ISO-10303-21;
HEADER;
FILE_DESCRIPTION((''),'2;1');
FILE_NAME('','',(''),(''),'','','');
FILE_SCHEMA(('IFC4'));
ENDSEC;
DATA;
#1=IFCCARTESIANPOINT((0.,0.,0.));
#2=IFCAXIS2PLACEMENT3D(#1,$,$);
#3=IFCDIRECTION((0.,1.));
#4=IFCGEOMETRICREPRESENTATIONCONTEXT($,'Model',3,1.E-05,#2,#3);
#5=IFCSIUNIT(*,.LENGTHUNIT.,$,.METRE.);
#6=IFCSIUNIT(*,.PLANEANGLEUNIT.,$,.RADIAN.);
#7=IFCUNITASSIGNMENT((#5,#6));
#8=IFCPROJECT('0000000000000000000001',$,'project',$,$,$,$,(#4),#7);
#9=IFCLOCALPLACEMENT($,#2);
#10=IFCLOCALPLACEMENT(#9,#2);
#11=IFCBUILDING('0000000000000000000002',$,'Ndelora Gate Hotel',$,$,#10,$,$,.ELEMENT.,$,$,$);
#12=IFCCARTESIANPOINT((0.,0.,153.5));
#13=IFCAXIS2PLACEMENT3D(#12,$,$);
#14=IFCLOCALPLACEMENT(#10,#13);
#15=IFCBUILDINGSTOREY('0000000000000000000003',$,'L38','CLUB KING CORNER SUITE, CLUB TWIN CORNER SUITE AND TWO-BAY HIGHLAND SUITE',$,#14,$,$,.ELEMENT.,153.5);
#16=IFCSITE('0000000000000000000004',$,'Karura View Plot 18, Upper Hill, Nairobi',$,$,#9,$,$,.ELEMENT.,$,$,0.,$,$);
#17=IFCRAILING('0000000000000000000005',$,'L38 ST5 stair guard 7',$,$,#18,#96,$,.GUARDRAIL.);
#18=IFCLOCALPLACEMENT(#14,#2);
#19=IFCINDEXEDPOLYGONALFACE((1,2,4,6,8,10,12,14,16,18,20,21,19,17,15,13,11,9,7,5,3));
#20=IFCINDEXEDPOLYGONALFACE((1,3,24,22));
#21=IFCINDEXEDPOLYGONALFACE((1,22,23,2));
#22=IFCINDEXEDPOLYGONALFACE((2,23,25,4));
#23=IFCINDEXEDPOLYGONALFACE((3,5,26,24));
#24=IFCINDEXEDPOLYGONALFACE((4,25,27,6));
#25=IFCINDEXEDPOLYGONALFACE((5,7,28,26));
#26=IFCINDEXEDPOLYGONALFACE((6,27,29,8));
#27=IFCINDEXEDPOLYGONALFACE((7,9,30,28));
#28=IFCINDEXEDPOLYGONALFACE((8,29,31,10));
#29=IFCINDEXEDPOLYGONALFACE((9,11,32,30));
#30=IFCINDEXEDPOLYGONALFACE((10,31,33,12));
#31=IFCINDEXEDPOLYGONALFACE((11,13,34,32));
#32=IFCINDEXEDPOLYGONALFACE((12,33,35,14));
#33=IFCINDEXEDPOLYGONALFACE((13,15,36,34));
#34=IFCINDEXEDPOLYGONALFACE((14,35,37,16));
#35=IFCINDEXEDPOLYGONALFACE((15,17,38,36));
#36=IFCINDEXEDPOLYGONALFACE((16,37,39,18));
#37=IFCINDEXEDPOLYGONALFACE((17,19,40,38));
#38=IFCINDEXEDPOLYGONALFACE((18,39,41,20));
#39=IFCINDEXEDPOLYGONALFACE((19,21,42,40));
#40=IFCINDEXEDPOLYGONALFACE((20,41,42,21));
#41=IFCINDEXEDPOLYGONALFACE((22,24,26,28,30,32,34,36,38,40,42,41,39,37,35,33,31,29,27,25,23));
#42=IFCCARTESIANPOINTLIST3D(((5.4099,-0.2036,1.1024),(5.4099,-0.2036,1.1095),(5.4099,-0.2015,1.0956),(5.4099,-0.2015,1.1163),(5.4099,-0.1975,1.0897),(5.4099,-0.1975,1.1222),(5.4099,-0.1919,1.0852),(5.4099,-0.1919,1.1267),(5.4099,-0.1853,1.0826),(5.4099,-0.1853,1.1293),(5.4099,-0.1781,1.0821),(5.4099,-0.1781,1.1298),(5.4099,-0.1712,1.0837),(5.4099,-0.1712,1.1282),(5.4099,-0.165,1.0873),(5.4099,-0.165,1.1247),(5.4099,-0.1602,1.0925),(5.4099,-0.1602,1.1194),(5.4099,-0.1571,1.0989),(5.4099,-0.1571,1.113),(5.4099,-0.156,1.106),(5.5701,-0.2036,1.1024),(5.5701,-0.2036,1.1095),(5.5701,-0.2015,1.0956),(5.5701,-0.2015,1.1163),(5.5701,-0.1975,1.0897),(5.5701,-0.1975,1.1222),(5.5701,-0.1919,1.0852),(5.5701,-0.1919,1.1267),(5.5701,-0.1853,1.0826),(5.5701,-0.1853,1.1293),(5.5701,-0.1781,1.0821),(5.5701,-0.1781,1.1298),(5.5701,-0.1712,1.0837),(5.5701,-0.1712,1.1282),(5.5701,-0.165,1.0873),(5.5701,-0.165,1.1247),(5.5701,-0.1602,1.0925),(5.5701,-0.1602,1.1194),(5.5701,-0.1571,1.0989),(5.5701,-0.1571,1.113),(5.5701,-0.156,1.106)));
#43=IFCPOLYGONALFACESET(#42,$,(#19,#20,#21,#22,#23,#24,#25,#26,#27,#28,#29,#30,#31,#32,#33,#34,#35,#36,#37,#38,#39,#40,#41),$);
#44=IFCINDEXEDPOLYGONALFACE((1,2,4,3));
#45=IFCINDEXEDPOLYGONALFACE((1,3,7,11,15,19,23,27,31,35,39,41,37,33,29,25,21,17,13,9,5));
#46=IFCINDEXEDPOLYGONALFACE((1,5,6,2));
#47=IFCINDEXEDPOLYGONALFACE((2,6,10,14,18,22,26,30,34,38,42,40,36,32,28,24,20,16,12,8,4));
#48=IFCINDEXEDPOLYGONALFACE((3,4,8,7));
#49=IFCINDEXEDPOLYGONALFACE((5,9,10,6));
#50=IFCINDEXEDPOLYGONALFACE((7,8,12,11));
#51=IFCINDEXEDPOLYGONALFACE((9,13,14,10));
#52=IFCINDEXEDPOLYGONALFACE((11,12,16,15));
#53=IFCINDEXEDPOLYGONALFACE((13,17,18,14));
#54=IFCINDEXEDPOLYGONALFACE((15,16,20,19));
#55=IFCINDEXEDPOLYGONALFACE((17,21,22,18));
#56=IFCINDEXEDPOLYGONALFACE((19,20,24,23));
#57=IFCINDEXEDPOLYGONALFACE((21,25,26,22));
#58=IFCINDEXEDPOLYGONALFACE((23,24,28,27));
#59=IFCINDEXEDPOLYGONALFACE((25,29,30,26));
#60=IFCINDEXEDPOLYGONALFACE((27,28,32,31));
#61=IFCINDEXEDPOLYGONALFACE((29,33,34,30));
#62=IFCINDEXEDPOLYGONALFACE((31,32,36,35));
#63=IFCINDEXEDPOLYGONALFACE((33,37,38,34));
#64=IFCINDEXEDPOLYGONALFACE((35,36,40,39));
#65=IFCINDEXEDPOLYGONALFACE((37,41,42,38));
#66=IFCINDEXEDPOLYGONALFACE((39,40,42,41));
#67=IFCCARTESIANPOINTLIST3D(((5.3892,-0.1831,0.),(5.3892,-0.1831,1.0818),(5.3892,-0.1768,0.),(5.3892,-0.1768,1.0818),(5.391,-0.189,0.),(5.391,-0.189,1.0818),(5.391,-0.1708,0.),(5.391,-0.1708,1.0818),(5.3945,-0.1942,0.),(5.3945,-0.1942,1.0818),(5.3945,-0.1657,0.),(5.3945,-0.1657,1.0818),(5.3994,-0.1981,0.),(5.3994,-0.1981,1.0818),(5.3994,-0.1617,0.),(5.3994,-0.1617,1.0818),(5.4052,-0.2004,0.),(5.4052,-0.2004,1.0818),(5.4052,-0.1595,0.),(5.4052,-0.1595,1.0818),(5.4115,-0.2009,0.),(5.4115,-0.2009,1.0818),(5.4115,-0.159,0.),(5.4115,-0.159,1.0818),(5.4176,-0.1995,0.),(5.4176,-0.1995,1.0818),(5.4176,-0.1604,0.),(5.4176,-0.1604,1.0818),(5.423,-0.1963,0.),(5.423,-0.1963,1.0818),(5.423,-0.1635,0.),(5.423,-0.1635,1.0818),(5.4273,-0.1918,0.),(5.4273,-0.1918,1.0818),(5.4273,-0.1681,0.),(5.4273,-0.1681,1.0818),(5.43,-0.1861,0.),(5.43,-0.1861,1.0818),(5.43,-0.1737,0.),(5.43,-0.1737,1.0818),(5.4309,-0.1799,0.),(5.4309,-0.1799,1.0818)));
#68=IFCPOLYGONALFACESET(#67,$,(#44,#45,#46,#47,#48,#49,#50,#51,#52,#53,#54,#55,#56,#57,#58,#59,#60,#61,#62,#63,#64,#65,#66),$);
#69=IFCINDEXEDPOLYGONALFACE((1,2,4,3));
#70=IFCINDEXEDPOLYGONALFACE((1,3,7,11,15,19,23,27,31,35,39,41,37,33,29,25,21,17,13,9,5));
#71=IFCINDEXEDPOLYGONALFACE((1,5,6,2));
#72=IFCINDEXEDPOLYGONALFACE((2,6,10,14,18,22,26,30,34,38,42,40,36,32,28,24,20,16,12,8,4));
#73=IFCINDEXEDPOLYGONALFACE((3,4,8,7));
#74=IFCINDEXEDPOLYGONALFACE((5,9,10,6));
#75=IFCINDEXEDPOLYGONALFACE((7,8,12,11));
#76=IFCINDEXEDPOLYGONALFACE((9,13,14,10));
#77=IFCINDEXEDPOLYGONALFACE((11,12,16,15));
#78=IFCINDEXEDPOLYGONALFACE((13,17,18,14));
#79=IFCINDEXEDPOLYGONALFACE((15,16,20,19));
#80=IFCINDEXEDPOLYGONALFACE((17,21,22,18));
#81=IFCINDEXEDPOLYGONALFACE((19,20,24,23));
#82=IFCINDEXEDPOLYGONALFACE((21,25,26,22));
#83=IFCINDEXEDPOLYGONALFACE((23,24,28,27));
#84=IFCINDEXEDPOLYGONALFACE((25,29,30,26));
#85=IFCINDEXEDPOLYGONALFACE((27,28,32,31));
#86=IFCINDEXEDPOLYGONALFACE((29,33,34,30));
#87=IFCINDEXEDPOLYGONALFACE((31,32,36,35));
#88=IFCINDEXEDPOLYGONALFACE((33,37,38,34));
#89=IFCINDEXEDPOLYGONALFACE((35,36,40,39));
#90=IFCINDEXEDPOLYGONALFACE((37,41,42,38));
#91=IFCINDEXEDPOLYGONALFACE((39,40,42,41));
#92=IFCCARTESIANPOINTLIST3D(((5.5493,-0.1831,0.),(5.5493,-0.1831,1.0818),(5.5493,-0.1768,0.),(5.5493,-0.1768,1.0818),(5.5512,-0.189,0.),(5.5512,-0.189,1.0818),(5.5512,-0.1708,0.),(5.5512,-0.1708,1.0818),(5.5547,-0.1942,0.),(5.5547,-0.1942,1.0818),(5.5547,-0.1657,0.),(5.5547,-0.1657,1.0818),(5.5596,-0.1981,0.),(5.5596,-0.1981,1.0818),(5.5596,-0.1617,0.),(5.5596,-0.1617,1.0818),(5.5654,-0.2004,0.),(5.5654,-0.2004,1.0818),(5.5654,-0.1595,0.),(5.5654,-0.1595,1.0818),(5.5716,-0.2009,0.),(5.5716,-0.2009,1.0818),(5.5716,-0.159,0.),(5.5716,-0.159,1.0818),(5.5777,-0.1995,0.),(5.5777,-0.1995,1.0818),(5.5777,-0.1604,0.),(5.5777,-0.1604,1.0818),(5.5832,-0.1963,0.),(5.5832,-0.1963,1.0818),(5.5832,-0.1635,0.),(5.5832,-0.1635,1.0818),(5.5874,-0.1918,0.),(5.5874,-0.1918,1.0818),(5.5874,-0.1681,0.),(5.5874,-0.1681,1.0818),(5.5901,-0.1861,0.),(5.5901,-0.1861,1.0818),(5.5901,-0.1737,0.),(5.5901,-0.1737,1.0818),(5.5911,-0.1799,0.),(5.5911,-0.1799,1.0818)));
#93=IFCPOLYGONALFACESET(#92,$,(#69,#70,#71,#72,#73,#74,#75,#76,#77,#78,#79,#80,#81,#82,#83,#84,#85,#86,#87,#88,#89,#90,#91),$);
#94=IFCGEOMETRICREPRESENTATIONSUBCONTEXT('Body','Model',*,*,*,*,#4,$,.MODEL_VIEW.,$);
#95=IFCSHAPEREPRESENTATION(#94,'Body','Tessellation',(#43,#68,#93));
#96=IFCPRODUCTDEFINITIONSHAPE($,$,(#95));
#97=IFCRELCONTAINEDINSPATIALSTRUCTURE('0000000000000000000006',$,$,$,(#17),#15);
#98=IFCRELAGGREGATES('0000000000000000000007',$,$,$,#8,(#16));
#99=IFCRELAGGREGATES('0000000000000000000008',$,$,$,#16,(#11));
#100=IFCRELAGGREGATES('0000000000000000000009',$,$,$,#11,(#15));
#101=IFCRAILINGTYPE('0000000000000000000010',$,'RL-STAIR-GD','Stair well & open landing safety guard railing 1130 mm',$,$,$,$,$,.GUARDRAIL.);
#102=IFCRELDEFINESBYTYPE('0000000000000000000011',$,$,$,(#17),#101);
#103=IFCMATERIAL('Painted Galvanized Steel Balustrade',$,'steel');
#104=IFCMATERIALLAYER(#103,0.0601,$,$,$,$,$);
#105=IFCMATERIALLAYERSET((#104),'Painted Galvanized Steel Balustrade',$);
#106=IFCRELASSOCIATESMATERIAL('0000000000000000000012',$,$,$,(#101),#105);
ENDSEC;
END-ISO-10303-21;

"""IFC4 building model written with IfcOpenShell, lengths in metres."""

from ifc_helpers import new_model, si_unit, direction, frame, origin, origin_2d, place, context, subcontext, project, spatial, circle, extrude, material, layer, layer_set, type_object, element, save


model = new_model("IFC4")

# Units and contexts
model_context = context("Model", 3, precision=1e-05, world=origin(), true_north=direction((0.0, 1.0)))
body_context = subcontext(model_context, "Body", "Model", "MODEL_VIEW")
ifc_project = project(units=[si_unit("LENGTHUNIT", "METRE"), si_unit("PLANEANGLEUNIT", "RADIAN")], contexts=[model_context])

# Site, building, storey
site_placement = place(None, origin())
site = spatial("IfcSite", under=ifc_project, at=site_placement, Name="Karura View Plot 18, Upper Hill, Nairobi", CompositionType="ELEMENT", RefElevation=0.0)
building_placement = place(site_placement, origin())
building = spatial("IfcBuilding", under=site, at=building_placement, Name="Ndelora Gate Hotel", CompositionType="ELEMENT")
storey_placement = place(building_placement, frame((0.0, 0.0, 153.5)))
storey = spatial("IfcBuildingStorey", under=building, at=storey_placement, Name="L38", Description="CLUB KING CORNER SUITE, CLUB TWIN CORNER SUITE AND TWO-BAY HIGHLAND SUITE", CompositionType="ELEMENT", Elevation=153.5)

# Railing
ifc_material_1 = material(Name="Painted Galvanized Steel Balustrade", Category="steel")
ifc_layer_1 = layer(ifc_material_1, 0.0601)
ifc_layer_set_1 = layer_set([ifc_layer_1], Name="Painted Galvanized Steel Balustrade")
railing_type_1 = type_object("IfcRailingType", Name="RL-STAIR-GD", Description="Stair well & open landing safety guard railing 1130 mm", PredefinedType="GUARDRAIL", material=ifc_layer_set_1)
railing_1_placement = place(storey_placement, frame((5.4099, -0.1799, 0.0)))
element("IfcRailing", 1, at=railing_1_placement, inside=storey, type_object=railing_type_1, Name="L38 ST5 stair guard 7", PredefinedType="GUARDRAIL", context=body_context, shape_type="SweptSolid", body=[
    extrude(circle(Radius=0.0239, at=origin_2d()), frame((0.0, 0.0, 1.106), z_axis=(1.0, 0.0, 0.0), x_axis=(0.0, 1.0, 0.0)), (0.0, 0.0, 1.0), 0.1602),
    extrude(circle(Radius=0.021, at=origin_2d()), origin(), (0.0, 0.0, 1.0), 1.0818),
    extrude(circle(Radius=0.021, at=origin_2d()), frame((0.1602, 0.0, 0.0)), (0.0, 0.0, 1.0), 1.0818),
])

save(model, "model.ifc")
